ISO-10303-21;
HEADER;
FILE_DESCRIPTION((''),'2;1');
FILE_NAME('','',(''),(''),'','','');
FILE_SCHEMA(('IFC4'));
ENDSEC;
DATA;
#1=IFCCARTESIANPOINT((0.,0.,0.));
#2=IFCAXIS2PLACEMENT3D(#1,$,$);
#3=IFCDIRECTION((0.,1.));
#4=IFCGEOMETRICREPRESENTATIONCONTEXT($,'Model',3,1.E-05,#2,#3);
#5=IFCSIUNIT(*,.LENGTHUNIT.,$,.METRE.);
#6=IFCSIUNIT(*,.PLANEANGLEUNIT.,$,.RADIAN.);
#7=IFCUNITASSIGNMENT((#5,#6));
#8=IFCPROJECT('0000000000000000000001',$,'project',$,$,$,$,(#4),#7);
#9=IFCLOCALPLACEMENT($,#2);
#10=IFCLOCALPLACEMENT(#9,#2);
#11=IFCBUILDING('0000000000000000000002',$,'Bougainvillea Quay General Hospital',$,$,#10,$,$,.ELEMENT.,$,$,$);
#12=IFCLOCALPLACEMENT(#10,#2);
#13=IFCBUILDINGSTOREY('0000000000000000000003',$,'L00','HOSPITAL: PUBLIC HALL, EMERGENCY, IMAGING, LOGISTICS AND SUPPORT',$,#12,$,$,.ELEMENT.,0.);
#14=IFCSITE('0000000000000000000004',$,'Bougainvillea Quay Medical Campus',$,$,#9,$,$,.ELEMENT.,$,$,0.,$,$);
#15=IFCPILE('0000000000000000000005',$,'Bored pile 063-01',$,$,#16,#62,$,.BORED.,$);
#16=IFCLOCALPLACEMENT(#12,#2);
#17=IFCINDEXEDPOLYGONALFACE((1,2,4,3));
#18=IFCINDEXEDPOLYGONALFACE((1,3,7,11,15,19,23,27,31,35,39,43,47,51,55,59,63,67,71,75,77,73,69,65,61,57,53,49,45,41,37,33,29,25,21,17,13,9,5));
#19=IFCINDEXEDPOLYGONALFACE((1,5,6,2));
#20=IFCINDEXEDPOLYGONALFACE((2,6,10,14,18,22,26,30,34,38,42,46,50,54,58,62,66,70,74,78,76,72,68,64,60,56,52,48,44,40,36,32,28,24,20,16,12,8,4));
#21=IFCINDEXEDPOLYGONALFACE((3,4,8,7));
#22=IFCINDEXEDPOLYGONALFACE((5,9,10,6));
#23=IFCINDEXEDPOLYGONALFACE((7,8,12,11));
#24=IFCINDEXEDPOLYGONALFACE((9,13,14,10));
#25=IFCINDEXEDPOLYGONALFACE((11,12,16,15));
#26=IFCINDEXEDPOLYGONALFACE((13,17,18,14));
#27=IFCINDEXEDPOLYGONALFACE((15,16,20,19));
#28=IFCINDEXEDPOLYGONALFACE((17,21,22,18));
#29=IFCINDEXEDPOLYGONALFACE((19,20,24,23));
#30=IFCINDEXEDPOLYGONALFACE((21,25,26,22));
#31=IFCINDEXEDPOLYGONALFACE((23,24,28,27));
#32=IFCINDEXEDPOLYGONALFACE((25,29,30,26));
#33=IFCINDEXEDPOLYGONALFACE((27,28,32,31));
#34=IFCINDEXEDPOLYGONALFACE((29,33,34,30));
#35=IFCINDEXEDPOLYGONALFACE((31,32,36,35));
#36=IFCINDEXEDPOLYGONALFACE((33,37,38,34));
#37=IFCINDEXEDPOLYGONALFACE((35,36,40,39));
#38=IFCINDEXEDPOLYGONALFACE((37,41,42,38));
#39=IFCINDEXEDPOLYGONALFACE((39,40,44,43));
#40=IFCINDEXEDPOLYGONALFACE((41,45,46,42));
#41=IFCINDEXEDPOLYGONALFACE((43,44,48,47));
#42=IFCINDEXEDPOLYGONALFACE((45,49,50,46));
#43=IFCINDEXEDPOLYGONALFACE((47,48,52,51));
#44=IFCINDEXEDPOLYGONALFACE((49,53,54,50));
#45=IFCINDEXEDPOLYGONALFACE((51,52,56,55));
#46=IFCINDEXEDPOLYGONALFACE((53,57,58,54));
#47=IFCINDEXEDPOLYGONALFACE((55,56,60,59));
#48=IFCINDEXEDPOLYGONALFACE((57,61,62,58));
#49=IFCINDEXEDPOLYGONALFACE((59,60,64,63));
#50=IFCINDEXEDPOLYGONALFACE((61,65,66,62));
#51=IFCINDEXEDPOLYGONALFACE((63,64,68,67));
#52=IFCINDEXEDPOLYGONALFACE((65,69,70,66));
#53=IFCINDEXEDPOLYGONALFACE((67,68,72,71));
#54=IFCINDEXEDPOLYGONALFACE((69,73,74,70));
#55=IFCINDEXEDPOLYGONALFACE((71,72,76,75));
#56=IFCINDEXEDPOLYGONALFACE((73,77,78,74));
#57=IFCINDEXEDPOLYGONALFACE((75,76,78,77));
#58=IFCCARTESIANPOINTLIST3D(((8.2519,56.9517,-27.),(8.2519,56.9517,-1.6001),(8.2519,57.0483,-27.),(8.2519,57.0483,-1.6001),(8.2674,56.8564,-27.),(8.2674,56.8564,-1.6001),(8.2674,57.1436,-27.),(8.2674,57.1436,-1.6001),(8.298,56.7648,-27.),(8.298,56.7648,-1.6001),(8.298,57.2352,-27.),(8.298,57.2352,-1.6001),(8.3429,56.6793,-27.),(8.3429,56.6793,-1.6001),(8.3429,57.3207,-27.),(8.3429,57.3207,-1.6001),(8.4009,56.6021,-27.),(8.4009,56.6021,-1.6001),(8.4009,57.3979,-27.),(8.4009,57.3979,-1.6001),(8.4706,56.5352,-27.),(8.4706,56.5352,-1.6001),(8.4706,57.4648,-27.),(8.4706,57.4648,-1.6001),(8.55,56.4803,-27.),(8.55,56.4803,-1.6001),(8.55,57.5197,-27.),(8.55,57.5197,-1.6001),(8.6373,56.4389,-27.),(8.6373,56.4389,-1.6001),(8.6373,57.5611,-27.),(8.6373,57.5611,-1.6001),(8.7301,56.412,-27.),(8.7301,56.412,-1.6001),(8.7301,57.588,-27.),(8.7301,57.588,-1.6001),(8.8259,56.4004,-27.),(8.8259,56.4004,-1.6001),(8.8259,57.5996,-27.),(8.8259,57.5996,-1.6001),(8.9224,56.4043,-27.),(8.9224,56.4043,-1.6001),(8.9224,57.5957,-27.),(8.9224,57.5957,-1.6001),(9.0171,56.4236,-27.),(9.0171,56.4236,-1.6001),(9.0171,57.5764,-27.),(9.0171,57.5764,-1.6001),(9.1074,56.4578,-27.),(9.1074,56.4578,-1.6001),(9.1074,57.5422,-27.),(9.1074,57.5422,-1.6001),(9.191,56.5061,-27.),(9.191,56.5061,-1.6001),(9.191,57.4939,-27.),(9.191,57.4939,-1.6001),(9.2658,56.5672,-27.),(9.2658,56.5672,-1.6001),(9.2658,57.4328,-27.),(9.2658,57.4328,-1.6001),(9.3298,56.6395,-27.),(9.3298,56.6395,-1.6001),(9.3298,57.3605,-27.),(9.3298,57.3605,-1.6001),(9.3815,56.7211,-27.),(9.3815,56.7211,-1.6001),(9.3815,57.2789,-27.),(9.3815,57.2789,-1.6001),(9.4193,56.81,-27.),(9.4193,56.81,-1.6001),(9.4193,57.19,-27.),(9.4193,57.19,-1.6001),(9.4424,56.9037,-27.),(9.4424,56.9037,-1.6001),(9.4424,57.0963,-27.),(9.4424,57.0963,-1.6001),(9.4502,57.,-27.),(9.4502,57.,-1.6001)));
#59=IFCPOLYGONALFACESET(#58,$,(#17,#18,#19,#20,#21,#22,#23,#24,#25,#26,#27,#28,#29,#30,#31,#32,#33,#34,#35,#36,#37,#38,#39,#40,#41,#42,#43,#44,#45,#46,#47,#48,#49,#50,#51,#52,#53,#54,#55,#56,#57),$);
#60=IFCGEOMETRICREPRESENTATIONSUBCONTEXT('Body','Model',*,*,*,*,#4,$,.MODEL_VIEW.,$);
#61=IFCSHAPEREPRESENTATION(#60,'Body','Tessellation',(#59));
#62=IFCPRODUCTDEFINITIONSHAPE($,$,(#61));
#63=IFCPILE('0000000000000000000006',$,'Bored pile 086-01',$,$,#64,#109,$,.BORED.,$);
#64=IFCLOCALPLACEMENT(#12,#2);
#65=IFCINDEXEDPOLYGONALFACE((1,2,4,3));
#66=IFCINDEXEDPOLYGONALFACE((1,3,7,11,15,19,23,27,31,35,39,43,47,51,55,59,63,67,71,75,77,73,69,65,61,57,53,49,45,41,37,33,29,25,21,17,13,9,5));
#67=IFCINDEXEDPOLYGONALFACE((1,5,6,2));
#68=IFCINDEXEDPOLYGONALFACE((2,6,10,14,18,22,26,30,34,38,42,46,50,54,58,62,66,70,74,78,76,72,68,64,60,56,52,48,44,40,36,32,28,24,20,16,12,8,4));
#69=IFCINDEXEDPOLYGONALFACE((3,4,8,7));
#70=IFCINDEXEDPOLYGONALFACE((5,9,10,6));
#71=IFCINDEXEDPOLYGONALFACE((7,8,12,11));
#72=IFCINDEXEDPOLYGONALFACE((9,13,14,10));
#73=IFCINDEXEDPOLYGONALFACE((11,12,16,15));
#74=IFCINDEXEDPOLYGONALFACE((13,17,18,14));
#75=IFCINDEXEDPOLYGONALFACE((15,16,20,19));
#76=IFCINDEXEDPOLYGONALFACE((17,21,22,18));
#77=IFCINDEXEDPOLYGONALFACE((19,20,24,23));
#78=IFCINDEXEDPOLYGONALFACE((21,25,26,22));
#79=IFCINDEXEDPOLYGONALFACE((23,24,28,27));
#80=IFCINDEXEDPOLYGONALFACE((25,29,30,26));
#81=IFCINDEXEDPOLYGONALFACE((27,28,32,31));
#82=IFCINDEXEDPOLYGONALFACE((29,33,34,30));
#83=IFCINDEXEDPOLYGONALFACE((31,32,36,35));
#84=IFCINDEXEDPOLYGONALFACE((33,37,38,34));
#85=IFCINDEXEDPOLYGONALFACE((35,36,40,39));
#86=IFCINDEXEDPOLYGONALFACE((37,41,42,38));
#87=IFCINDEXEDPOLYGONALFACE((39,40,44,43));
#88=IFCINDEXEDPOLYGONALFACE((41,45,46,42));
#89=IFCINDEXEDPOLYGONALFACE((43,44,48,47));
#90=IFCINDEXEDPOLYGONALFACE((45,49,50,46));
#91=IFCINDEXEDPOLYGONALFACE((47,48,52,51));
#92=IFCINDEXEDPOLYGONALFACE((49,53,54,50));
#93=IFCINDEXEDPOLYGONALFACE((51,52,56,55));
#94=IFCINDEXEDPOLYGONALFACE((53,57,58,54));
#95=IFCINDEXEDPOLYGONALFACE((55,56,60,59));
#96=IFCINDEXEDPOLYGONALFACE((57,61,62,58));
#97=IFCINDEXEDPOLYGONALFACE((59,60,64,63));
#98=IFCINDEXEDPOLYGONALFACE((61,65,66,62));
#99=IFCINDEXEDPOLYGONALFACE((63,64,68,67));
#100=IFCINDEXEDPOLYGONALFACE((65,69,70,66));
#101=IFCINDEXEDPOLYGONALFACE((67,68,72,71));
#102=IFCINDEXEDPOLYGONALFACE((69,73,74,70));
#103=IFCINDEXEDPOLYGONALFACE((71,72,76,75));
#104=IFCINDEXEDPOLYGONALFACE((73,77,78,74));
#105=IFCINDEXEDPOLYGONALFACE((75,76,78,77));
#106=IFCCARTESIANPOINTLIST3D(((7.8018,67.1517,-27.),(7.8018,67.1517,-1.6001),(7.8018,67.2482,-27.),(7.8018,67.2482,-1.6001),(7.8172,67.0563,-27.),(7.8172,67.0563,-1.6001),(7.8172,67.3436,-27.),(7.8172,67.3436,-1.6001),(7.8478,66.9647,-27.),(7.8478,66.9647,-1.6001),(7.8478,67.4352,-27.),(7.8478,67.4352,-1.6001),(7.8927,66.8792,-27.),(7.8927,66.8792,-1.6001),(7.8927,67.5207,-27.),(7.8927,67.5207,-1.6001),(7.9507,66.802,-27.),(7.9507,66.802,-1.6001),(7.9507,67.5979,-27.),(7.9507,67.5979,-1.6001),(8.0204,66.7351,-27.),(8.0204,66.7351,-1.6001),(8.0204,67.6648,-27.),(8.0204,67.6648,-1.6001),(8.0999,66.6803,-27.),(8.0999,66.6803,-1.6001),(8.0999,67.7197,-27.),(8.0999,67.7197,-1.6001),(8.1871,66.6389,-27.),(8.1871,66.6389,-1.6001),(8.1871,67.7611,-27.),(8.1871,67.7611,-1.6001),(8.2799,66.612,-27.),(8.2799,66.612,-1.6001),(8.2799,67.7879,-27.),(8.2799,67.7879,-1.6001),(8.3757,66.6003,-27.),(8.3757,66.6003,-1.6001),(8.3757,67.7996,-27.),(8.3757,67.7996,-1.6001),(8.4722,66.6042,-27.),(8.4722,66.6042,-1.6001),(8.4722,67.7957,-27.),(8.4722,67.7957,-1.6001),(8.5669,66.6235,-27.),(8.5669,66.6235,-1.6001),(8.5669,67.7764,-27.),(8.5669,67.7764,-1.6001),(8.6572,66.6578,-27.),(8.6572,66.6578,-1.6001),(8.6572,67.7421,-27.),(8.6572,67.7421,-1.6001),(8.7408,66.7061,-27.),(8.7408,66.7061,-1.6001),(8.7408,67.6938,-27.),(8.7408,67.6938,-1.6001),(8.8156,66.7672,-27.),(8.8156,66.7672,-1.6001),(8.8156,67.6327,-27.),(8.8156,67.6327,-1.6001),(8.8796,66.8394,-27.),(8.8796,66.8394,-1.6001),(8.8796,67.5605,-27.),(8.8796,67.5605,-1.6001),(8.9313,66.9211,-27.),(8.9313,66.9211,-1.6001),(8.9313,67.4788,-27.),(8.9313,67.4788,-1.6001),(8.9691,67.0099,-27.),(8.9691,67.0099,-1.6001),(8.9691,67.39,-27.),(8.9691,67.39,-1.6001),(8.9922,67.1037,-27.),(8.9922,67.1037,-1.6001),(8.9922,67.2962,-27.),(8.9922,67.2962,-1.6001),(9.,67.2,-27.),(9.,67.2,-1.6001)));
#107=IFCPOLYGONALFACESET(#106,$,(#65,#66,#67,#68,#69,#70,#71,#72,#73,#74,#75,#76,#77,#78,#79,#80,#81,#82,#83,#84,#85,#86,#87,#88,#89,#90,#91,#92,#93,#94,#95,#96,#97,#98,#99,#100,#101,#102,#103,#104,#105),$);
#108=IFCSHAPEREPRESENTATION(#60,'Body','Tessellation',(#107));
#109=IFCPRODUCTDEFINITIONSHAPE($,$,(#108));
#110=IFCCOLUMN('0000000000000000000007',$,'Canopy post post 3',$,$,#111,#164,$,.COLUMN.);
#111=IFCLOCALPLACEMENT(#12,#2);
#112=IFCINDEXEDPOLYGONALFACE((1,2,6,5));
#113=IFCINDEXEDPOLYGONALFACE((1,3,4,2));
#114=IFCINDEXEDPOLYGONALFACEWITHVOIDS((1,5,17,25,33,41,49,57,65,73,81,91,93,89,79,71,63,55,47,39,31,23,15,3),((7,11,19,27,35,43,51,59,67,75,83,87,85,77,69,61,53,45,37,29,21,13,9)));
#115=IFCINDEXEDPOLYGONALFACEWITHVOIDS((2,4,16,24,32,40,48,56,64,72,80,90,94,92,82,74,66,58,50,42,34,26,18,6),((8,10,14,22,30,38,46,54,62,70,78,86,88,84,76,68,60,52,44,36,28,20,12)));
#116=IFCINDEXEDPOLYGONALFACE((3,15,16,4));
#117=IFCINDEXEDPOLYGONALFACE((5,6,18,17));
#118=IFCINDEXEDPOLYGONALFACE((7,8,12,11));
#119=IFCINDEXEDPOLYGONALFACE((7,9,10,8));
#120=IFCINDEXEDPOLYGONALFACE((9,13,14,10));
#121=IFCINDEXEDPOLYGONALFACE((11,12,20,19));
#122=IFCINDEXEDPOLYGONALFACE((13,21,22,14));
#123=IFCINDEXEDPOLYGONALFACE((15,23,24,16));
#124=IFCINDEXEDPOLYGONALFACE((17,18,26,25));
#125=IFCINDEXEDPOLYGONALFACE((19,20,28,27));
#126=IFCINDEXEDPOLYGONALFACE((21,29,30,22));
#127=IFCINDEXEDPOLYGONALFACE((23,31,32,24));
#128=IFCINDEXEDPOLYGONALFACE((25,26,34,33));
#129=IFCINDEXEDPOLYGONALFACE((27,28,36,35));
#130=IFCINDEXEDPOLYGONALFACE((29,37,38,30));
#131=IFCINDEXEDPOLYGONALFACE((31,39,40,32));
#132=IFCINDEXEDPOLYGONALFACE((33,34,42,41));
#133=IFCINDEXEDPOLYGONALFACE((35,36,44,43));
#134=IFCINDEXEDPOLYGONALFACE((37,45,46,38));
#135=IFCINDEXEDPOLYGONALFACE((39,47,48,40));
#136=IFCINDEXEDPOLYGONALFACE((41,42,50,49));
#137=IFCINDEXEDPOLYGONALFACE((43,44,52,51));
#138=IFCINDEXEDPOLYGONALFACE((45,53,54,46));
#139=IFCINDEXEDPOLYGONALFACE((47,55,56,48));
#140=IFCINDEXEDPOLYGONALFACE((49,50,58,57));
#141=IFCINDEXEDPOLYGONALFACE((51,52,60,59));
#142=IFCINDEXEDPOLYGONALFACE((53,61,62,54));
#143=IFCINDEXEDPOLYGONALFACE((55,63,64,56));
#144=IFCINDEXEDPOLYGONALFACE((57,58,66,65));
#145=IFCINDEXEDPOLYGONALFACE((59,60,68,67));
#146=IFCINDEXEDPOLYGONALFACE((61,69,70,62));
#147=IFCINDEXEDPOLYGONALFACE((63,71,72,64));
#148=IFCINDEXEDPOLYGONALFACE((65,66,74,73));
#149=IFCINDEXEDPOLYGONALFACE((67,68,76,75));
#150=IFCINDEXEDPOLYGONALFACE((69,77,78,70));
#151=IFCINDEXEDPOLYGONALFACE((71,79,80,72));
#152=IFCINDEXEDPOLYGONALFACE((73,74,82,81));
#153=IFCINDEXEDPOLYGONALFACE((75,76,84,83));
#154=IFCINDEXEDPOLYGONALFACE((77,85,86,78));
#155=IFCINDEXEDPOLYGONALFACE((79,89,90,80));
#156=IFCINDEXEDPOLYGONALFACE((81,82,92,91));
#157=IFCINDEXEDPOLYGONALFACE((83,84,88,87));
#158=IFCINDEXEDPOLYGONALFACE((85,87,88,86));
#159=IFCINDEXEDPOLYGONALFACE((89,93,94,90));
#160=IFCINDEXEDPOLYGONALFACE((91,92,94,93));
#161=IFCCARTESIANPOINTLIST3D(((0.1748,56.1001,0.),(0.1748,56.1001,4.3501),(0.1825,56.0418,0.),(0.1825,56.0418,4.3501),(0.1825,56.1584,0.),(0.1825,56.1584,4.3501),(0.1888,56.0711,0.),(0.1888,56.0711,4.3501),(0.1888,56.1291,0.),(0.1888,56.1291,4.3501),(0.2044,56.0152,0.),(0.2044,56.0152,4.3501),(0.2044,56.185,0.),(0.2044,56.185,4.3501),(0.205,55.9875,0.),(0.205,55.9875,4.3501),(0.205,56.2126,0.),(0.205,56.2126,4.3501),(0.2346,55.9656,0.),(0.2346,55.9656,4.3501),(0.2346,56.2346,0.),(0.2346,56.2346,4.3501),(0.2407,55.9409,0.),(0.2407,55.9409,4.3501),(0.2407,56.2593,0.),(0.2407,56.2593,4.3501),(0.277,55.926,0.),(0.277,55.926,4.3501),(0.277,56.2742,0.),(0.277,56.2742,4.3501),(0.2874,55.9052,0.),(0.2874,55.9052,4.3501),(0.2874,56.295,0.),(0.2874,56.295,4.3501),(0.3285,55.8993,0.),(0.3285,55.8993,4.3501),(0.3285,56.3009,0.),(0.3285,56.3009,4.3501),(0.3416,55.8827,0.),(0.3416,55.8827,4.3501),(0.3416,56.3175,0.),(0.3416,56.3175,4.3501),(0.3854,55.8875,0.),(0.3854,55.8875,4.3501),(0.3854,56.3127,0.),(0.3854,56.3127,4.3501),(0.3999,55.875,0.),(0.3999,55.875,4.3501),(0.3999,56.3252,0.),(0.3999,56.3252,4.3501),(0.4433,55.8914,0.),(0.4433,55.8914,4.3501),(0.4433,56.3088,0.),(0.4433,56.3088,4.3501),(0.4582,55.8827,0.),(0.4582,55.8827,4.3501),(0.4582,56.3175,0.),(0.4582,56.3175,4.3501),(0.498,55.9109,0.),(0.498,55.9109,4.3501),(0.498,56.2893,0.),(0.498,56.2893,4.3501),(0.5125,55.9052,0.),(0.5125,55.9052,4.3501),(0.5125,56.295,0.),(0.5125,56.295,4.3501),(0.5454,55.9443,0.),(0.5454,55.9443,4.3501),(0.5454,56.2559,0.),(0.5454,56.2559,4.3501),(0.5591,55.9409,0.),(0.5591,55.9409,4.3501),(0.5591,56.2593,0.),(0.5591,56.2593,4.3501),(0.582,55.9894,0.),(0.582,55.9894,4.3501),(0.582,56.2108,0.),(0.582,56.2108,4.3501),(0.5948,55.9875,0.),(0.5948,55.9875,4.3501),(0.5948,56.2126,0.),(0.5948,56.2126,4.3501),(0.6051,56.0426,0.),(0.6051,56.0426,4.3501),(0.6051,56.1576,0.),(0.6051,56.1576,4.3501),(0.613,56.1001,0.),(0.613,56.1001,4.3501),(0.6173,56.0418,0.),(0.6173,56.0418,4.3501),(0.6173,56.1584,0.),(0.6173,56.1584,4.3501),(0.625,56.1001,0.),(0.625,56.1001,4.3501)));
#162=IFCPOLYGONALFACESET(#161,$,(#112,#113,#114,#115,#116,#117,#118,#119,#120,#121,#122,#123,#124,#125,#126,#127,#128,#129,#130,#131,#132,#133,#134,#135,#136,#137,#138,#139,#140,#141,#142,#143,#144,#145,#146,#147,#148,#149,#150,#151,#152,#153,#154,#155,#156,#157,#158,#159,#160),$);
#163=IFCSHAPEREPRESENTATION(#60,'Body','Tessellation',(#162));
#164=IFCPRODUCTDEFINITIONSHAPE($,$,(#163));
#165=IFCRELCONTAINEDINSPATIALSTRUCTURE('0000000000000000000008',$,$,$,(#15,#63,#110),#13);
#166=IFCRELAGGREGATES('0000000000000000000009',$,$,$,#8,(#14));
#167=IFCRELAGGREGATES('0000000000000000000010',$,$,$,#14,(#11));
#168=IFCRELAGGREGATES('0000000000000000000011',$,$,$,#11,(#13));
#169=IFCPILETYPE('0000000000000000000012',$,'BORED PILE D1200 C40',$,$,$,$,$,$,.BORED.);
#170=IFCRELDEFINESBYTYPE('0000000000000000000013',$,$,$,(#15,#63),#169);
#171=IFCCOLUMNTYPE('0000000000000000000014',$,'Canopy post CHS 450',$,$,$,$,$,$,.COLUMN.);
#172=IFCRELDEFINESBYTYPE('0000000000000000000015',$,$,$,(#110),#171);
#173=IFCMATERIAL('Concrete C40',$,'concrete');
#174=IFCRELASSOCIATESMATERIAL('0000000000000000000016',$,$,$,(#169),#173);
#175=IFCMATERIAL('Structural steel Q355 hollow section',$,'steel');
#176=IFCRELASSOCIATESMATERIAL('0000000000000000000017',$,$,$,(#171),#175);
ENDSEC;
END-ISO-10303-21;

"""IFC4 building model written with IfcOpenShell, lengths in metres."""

from ifc_helpers import new_model, si_unit, direction, frame, origin, origin_2d, place, context, subcontext, project, spatial, circle, hollow_circle, extrude, material, material_profile, profile_set, type_object, element, save


model = new_model("IFC4")

# Units and contexts
model_context = context("Model", 3, precision=1e-05, world=origin(), true_north=direction((0.0, 1.0)))
body_context = subcontext(model_context, "Body", "Model", "MODEL_VIEW")
ifc_project = project(units=[si_unit("LENGTHUNIT", "METRE"), si_unit("PLANEANGLEUNIT", "RADIAN")], contexts=[model_context])

# Site, building, storey
site_placement = place(None, origin())
site = spatial("IfcSite", under=ifc_project, at=site_placement, Name="Bougainvillea Quay Medical Campus", CompositionType="ELEMENT", RefElevation=0.0)
building_placement = place(site_placement, origin())
building = spatial("IfcBuilding", under=site, at=building_placement, Name="Bougainvillea Quay General Hospital", CompositionType="ELEMENT")
storey_placement = place(building_placement, origin())
storey = spatial("IfcBuildingStorey", under=building, at=storey_placement, Name="L00", Description="HOSPITAL: PUBLIC HALL, EMERGENCY, IMAGING, LOGISTICS AND SUPPORT", CompositionType="ELEMENT", Elevation=0.0)

# Piles
ifc_material_1 = material(Name="Concrete C40", Category="concrete")
ifc_material_profile_1 = material_profile(ifc_material_1, circle(Radius=0.6001, at=origin_2d()))
ifc_profile_set_1 = profile_set([ifc_material_profile_1], Name="Concrete C40")
pile_type = type_object("IfcPileType", Name="BORED PILE D1200 C40", PredefinedType="BORED", material=ifc_profile_set_1)
for number, where, z_axis, x_axis, name in (
    (1, (8.8501, 57.0, -1.6001), (0.0, 0.0, -1.0), (1.0, 0.0, 0.0), "Bored pile 063-01"),
    (2, (8.3999, 67.2, -1.6001), (0.0, 0.0, -1.0), (1.0, 0.0, 0.0), "Bored pile 086-01"),
):
    element("IfcPile", number, at=place(storey_placement, frame(where, z_axis=z_axis, x_axis=x_axis)), inside=storey, type_object=pile_type, Name=name, PredefinedType="BORED", context=body_context, shape_type="SweptSolid", body=[
        extrude(circle(Radius=0.6001, at=origin_2d()), origin(), (0.0, 0.0, 1.0), 25.3999),
    ])

# Column
ifc_material_2 = material(Name="Structural steel Q355 hollow section", Category="steel")
ifc_material_profile_2 = material_profile(ifc_material_2, hollow_circle(Radius=0.2251, WallThickness=0.012, at=origin_2d()))
ifc_profile_set_2 = profile_set([ifc_material_profile_2], Name="Structural steel Q355 hollow section")
column_type_1 = type_object("IfcColumnType", Name="Canopy post CHS 450", PredefinedType="COLUMN", material=ifc_profile_set_2)
for number, where, z_axis, x_axis, name in (
    (3, (0.3999, 56.1001, 0.0), (0.0, 0.0, 1.0), (1.0, 0.0, 0.0), "Canopy post post 3"),
):
    element("IfcColumn", number, at=place(storey_placement, frame(where, z_axis=z_axis, x_axis=x_axis)), inside=storey, type_object=column_type_1, Name=name, PredefinedType="COLUMN", context=body_context, shape_type="SweptSolid", body=[
        extrude(hollow_circle(Radius=0.2251, WallThickness=0.012, at=origin_2d()), origin(), (0.0, 0.0, 1.0), 4.3501),
    ])

save(model, "model.ifc")
